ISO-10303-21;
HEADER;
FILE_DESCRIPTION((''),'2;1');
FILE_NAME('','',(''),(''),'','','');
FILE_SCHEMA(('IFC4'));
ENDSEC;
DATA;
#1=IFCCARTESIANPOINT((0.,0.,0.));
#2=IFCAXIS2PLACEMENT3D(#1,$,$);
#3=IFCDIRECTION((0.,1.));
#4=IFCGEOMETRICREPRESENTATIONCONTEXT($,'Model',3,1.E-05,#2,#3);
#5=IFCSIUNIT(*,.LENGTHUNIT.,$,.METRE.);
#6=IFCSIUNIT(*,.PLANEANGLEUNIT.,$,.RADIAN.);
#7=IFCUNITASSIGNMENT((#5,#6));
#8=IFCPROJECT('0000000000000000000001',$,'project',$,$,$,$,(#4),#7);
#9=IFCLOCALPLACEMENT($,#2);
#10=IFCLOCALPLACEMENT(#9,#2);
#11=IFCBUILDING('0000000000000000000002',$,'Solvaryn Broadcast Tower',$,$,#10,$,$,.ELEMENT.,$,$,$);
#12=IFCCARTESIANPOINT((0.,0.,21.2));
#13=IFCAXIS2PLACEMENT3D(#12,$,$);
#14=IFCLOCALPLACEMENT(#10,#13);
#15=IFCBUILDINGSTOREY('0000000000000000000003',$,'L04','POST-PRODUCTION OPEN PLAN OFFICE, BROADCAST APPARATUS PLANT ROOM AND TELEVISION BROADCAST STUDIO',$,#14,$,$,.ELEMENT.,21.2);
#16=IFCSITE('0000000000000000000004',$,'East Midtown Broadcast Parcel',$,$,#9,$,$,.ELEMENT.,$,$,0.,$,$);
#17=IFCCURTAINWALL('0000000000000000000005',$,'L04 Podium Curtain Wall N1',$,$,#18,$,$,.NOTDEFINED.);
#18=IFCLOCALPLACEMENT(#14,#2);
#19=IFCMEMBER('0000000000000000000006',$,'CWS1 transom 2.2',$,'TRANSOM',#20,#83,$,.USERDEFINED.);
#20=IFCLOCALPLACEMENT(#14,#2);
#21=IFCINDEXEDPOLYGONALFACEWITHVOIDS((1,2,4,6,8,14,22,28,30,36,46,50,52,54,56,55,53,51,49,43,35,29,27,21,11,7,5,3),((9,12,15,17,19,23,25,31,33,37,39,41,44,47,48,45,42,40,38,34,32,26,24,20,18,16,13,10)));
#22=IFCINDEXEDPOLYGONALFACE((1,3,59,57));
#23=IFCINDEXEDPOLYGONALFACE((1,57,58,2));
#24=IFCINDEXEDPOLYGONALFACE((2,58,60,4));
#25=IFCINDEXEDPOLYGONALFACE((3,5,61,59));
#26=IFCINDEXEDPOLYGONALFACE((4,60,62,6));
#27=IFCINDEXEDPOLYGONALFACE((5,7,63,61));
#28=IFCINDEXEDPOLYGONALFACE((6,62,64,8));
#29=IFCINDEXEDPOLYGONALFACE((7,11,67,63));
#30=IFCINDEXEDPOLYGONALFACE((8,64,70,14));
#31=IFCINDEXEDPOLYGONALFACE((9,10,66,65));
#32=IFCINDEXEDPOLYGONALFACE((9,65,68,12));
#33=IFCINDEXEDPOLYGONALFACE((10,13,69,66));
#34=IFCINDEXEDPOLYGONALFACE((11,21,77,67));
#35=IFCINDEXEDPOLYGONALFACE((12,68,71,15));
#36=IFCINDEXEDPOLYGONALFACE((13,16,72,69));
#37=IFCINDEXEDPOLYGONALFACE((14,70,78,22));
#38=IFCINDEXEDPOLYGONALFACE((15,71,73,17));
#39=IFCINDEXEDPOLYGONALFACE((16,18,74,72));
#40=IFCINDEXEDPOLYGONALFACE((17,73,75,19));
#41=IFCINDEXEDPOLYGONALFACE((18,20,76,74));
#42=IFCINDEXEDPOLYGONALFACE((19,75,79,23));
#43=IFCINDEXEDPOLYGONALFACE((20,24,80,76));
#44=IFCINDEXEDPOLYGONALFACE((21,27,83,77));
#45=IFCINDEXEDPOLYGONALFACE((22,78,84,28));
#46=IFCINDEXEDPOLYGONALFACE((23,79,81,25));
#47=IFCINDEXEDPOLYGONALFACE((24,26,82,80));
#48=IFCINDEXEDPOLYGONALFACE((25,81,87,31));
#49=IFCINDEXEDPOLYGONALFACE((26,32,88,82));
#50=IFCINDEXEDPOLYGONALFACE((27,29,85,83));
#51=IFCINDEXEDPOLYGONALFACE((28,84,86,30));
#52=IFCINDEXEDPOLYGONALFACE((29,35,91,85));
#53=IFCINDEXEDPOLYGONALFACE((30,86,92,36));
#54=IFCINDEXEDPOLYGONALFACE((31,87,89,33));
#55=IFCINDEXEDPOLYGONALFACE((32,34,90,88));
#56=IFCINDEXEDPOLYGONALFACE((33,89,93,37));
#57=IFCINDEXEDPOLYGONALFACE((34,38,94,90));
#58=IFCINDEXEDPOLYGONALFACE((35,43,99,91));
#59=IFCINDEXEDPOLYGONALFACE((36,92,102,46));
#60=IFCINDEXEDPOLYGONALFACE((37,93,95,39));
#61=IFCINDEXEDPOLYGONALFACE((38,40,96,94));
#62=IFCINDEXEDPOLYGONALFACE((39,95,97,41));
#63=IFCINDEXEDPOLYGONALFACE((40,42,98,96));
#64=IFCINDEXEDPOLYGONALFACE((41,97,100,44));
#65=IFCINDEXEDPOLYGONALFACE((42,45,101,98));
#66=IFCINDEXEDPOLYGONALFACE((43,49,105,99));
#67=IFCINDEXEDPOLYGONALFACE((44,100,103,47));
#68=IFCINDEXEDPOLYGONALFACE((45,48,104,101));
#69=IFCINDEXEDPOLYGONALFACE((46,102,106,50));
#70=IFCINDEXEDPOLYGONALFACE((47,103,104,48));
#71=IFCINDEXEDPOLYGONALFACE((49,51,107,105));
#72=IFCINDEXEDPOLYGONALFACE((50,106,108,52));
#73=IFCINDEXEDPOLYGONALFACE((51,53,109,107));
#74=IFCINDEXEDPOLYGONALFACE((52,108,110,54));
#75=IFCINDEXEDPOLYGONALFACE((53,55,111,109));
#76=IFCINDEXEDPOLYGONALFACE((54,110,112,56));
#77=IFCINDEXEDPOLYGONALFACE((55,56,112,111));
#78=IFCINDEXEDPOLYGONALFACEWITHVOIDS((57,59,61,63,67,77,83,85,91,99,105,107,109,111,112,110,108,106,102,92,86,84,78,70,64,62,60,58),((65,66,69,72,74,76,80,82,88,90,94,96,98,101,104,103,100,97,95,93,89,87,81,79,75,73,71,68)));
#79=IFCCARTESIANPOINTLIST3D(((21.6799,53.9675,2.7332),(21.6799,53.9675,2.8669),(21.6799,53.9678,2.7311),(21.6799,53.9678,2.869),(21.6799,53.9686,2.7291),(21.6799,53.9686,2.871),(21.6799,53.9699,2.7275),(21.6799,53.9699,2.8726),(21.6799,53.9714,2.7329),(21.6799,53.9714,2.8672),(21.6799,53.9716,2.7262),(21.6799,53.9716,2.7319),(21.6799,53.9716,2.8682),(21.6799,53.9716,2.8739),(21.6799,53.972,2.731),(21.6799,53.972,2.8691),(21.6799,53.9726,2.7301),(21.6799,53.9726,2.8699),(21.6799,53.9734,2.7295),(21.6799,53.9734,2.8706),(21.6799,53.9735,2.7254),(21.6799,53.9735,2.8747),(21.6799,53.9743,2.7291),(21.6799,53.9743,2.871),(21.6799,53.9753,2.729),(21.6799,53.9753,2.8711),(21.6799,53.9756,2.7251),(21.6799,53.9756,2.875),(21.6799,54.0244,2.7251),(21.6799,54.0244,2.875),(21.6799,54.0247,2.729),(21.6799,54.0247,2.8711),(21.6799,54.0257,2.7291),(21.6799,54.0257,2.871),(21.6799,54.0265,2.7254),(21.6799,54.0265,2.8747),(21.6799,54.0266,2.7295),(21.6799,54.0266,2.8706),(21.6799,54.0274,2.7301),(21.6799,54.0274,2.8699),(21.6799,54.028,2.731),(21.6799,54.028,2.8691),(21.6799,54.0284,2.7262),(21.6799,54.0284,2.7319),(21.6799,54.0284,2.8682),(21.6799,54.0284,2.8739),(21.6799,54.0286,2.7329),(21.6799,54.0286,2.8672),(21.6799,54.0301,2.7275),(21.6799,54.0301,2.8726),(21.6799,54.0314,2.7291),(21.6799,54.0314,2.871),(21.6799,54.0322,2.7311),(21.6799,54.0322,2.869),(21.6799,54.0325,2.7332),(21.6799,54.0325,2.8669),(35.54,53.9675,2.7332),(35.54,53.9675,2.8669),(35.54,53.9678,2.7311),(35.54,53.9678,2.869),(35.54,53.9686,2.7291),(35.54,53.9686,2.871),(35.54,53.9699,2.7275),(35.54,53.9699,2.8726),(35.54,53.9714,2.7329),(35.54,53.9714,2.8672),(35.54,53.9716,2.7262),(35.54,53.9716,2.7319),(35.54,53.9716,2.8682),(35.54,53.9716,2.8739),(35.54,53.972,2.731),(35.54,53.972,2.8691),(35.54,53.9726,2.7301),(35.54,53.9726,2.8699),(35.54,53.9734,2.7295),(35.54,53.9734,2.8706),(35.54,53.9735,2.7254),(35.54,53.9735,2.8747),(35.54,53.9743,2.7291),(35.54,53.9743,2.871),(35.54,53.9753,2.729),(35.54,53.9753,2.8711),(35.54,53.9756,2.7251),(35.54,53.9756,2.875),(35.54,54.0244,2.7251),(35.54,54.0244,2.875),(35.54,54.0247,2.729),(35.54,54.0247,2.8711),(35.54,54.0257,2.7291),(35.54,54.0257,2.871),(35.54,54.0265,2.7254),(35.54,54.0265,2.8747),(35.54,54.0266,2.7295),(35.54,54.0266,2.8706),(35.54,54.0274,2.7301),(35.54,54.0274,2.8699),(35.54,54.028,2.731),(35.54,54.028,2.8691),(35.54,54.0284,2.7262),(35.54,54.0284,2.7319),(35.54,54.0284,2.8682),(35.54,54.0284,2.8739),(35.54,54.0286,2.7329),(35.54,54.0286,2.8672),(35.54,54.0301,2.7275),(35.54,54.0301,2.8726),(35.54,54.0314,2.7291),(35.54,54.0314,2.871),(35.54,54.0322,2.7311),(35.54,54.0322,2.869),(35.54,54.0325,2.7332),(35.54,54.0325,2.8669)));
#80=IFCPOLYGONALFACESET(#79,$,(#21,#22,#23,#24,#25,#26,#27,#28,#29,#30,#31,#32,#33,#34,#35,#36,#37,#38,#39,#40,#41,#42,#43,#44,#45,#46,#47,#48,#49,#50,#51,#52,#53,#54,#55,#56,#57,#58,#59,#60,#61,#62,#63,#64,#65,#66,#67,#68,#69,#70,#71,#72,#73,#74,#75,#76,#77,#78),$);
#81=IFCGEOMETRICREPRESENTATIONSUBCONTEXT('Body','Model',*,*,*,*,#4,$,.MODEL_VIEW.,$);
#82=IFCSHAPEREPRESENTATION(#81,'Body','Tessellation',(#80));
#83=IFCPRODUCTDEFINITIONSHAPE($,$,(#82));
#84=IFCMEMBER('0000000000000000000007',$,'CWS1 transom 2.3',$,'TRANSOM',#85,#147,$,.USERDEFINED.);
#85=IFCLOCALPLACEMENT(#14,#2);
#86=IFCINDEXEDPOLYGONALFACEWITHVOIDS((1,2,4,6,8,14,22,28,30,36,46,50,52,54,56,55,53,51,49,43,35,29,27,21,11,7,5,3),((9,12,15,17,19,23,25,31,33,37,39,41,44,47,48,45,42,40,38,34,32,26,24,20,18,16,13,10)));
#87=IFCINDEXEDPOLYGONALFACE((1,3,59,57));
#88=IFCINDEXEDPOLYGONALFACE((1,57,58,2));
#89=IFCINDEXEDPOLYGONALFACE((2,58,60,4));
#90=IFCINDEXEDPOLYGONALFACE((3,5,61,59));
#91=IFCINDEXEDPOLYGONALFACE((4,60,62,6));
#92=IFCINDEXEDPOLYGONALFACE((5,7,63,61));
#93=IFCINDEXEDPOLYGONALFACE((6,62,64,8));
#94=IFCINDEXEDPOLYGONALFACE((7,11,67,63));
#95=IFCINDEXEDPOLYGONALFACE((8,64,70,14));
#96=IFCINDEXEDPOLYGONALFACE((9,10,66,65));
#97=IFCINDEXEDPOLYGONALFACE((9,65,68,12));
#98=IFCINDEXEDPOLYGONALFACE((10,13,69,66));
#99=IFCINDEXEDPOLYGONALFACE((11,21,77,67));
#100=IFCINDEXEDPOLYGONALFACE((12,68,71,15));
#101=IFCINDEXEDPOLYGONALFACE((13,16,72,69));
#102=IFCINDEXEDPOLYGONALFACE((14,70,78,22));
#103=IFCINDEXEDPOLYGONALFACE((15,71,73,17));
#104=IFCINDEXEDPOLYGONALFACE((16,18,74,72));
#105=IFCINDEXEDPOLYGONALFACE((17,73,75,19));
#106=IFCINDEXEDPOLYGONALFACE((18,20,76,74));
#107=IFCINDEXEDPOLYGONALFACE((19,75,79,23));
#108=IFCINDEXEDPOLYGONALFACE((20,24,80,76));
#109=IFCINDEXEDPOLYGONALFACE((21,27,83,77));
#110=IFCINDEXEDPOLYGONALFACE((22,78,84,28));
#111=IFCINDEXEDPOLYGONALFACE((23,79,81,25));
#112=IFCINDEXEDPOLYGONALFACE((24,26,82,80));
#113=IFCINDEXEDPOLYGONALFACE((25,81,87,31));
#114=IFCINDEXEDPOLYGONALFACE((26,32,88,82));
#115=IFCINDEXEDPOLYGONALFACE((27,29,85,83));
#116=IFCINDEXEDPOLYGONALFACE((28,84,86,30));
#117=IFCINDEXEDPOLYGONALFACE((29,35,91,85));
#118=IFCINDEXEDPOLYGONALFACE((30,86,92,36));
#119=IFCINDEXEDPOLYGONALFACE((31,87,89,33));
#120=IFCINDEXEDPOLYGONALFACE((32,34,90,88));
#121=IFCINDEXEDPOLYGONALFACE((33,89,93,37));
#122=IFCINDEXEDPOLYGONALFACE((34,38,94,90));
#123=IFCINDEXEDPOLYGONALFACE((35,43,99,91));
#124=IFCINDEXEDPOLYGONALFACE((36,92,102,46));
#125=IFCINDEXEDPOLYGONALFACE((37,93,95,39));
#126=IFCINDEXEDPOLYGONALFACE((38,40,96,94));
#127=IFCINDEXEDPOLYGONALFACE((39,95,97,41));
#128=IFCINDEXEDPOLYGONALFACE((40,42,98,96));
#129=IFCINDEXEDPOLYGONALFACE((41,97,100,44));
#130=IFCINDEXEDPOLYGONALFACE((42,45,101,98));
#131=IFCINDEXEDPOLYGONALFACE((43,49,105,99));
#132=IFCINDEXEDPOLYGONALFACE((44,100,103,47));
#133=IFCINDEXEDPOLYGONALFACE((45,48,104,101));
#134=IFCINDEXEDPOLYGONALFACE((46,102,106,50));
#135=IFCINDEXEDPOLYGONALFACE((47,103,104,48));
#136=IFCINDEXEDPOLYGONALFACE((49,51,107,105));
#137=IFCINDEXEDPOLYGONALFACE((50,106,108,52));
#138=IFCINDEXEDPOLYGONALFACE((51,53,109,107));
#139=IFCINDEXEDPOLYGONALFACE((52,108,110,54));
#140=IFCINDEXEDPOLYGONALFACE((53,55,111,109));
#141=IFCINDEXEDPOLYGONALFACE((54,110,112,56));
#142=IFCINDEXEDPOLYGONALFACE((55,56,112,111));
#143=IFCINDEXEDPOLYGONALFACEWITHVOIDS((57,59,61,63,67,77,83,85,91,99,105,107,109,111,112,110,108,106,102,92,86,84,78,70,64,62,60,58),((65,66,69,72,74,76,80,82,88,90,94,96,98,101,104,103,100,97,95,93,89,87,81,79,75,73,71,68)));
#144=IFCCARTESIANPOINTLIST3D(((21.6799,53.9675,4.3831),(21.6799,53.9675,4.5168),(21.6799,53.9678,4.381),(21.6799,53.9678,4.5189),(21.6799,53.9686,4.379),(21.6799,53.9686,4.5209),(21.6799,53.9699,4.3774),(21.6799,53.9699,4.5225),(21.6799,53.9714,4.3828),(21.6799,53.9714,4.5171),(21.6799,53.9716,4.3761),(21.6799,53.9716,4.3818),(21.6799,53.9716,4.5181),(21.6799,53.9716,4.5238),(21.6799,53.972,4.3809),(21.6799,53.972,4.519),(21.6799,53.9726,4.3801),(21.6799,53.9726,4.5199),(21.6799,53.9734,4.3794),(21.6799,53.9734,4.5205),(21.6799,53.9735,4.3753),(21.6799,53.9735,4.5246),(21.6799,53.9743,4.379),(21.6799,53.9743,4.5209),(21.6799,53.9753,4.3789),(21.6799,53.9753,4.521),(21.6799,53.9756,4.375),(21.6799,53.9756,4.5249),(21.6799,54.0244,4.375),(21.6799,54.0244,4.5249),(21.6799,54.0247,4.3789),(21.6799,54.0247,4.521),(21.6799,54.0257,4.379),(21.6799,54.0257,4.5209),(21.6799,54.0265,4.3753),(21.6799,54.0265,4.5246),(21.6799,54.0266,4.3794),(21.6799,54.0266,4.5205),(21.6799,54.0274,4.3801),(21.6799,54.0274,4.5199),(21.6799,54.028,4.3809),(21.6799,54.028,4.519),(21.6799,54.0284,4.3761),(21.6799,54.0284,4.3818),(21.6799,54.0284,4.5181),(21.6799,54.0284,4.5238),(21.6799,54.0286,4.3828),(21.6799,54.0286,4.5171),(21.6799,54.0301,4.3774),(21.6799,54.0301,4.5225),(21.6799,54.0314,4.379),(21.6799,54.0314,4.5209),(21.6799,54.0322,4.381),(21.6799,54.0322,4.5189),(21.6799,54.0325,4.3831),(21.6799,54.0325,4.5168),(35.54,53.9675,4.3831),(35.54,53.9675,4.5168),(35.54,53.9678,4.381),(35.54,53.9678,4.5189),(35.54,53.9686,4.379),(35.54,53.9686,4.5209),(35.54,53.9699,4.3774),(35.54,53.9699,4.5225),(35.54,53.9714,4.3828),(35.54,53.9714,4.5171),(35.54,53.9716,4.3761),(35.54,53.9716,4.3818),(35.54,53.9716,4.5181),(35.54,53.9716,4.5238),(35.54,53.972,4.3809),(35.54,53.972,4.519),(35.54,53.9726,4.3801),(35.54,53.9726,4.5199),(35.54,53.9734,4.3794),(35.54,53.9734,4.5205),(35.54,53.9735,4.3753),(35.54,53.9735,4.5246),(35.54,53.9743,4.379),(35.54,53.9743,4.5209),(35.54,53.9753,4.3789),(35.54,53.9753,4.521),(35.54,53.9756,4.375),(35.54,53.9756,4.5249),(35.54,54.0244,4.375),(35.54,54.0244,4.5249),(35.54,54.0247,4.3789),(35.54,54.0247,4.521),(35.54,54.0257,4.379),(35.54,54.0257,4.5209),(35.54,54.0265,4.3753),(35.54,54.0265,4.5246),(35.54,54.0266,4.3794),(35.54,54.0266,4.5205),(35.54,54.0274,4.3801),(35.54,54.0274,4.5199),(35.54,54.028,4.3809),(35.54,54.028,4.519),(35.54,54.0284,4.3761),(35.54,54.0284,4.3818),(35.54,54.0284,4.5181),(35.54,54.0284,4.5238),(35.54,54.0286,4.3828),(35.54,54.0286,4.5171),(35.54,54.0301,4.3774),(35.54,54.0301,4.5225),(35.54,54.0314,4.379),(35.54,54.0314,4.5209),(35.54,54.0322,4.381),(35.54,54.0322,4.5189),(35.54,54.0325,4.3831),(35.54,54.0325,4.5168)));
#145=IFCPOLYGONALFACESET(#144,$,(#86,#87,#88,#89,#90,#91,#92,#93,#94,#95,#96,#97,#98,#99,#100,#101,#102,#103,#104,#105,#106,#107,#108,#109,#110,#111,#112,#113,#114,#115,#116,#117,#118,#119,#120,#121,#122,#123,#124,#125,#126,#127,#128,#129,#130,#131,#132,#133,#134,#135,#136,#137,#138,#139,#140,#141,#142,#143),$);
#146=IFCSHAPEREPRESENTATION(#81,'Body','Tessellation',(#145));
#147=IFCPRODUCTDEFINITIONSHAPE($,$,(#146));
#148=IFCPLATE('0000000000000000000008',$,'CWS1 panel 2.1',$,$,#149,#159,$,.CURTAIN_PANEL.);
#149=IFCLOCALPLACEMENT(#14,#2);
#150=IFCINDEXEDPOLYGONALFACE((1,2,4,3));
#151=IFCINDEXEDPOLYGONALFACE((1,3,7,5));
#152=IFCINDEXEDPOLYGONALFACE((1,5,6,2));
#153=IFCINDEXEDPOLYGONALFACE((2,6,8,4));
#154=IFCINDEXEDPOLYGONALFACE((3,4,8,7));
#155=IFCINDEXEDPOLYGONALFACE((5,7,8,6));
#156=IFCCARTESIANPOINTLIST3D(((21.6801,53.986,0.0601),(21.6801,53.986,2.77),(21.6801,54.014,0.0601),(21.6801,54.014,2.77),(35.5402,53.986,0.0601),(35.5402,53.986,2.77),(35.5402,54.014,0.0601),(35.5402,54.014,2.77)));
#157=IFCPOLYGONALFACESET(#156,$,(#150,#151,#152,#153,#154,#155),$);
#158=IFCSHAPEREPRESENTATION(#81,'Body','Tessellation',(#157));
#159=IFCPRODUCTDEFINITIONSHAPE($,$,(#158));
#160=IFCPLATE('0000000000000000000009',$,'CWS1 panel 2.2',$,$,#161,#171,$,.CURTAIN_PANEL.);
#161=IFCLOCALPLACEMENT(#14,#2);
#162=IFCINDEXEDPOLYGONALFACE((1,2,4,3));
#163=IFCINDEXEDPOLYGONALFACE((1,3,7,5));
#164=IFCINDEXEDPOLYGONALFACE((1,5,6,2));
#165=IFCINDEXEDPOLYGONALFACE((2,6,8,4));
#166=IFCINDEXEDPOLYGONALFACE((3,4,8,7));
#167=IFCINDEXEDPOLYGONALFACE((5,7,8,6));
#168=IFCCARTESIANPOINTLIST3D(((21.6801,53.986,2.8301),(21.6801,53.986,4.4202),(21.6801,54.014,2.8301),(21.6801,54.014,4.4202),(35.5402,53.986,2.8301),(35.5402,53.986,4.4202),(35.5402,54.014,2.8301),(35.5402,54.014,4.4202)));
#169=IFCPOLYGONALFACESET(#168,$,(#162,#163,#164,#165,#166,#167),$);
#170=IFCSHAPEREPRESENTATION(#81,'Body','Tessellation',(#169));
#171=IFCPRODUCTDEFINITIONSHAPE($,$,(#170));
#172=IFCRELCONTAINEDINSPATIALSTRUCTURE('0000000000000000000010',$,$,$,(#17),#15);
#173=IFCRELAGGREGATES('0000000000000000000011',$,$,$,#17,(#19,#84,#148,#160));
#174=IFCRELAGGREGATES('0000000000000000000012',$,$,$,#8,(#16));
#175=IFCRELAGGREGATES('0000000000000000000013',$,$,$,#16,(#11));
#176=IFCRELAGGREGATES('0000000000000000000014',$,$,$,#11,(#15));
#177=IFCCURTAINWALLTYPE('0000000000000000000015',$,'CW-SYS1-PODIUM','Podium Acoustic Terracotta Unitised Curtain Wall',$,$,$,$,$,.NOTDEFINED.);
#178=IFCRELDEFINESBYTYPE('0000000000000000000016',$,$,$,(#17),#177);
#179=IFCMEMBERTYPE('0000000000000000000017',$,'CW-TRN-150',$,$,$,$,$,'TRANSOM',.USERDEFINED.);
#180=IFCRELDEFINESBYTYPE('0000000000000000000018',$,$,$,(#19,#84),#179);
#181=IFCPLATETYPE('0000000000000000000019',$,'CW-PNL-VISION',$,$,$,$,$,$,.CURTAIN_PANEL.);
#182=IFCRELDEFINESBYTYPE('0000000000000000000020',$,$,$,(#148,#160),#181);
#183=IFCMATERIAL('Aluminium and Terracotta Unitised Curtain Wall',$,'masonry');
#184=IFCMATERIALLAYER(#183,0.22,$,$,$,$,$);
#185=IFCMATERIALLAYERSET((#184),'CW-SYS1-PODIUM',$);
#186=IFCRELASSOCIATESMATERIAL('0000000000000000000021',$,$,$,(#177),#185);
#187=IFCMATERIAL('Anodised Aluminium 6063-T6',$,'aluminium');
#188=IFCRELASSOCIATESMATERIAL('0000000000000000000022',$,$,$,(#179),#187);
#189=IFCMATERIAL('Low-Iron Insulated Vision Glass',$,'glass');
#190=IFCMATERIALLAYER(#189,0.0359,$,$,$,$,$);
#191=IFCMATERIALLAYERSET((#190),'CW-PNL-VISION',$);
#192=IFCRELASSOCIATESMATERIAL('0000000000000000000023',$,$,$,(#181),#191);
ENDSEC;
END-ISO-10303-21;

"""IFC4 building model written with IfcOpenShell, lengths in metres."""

from ifc_helpers import new_model, si_unit, direction, frame, origin, origin_2d, place, context, subcontext, project, spatial, rectangle, hollow_rectangle, extrude, material, layer, layer_set, material_profile, profile_set, type_object, element, aggregate, save


model = new_model("IFC4")

# Units and contexts
model_context = context("Model", 3, precision=1e-05, world=origin(), true_north=direction((0.0, 1.0)))
body_context = subcontext(model_context, "Body", "Model", "MODEL_VIEW")
ifc_project = project(units=[si_unit("LENGTHUNIT", "METRE"), si_unit("PLANEANGLEUNIT", "RADIAN")], contexts=[model_context])

# Site, building, storey
site_placement = place(None, origin())
site = spatial("IfcSite", under=ifc_project, at=site_placement, Name="East Midtown Broadcast Parcel", CompositionType="ELEMENT", RefElevation=0.0)
building_placement = place(site_placement, origin())
building = spatial("IfcBuilding", under=site, at=building_placement, Name="Solvaryn Broadcast Tower", CompositionType="ELEMENT")
storey_placement = place(building_placement, frame((0.0, 0.0, 21.2)))
storey = spatial("IfcBuildingStorey", under=building, at=storey_placement, Name="L04", Description="POST-PRODUCTION OPEN PLAN OFFICE, BROADCAST APPARATUS PLANT ROOM AND TELEVISION BROADCAST STUDIO", CompositionType="ELEMENT", Elevation=21.2)

# Curtain wall, members, plates
ifc_material_1 = material(Name="Aluminium and Terracotta Unitised Curtain Wall", Category="masonry")
ifc_layer_1 = layer(ifc_material_1, 0.22)
ifc_layer_set_1 = layer_set([ifc_layer_1], Name="CW-SYS1-PODIUM")
curtain_wall_type = type_object("IfcCurtainWallType", Name="CW-SYS1-PODIUM", Description="Podium Acoustic Terracotta Unitised Curtain Wall", PredefinedType="NOTDEFINED", material=ifc_layer_set_1)
curtain_wall_placement = place(storey_placement, origin())
curtain_wall = element("IfcCurtainWall", 1, at=curtain_wall_placement, inside=storey, type_object=curtain_wall_type, Name="L04 Podium Curtain Wall N1", PredefinedType="NOTDEFINED")
ifc_material_2 = material(Name="Anodised Aluminium 6063-T6", Category="aluminium")
ifc_material_profile_1 = material_profile(ifc_material_2, hollow_rectangle(XDim=0.0649, YDim=0.1499, WallThickness=0.0039, InnerFilletRadius=0.0039, OuterFilletRadius=0.0081, at=origin_2d()))
ifc_profile_set_1 = profile_set([ifc_material_profile_1], Name="Anodised Aluminium 6063-T6")
member_type_1 = type_object("IfcMemberType", Name="CW-TRN-150", ElementType="TRANSOM", PredefinedType="USERDEFINED", material=ifc_profile_set_1)
member_1_placement = place(storey_placement, frame((21.6799, 54.0, 2.8), z_axis=(1.0, 0.0, 0.0), x_axis=(0.0, 1.0, 0.0)))
member_1 = element("IfcMember", 2, at=member_1_placement, type_object=member_type_1, Name="CWS1 transom 2.2", ObjectType="TRANSOM", PredefinedType="USERDEFINED", context=body_context, shape_type="SweptSolid", body=[
    extrude(hollow_rectangle(XDim=0.0649, YDim=0.1499, WallThickness=0.0039, InnerFilletRadius=0.0039, OuterFilletRadius=0.0081, at=origin_2d()), origin(), (0.0, 0.0, 1.0), 13.8601),
])
member_2_placement = place(storey_placement, frame((21.6799, 54.0, 4.45), z_axis=(1.0, 0.0, 0.0), x_axis=(0.0, 1.0, 0.0)))
member_2 = element("IfcMember", 3, at=member_2_placement, type_object=member_type_1, Name="CWS1 transom 2.3", ObjectType="TRANSOM", PredefinedType="USERDEFINED", context=body_context, shape_type="SweptSolid", body=[
    extrude(hollow_rectangle(XDim=0.0649, YDim=0.1499, WallThickness=0.0039, InnerFilletRadius=0.0039, OuterFilletRadius=0.0081, at=origin_2d()), origin(), (0.0, 0.0, 1.0), 13.8601),
])
ifc_material_3 = material(Name="Low-Iron Insulated Vision Glass", Category="glass")
ifc_layer_2 = layer(ifc_material_3, 0.0359)
ifc_layer_set_2 = layer_set([ifc_layer_2], Name="CW-PNL-VISION")
plate_type = type_object("IfcPlateType", Name="CW-PNL-VISION", PredefinedType="CURTAIN_PANEL", material=ifc_layer_set_2)
plate_1_placement = place(storey_placement, frame((28.6101, 54.0, 0.0601), z_axis=(0.0, 0.0, 1.0), x_axis=(1.0, 0.0, 0.0)))
plate_1 = element("IfcPlate", 4, at=plate_1_placement, type_object=plate_type, Name="CWS1 panel 2.1", PredefinedType="CURTAIN_PANEL", context=body_context, shape_type="SweptSolid", body=[
    extrude(rectangle(XDim=13.8601, YDim=0.0281, at=origin_2d()), origin(), (0.0, 0.0, 1.0), 2.71),
])
plate_2_placement = place(storey_placement, frame((28.6101, 54.0, 2.8301), z_axis=(0.0, 0.0, 1.0), x_axis=(1.0, 0.0, 0.0)))
plate_2 = element("IfcPlate", 5, at=plate_2_placement, type_object=plate_type, Name="CWS1 panel 2.2", PredefinedType="CURTAIN_PANEL", context=body_context, shape_type="SweptSolid", body=[
    extrude(rectangle(XDim=13.8601, YDim=0.0281, at=origin_2d()), origin(), (0.0, 0.0, 1.0), 1.5901),
])
aggregate(curtain_wall, [member_1, member_2, plate_1, plate_2])

save(model, "model.ifc")
